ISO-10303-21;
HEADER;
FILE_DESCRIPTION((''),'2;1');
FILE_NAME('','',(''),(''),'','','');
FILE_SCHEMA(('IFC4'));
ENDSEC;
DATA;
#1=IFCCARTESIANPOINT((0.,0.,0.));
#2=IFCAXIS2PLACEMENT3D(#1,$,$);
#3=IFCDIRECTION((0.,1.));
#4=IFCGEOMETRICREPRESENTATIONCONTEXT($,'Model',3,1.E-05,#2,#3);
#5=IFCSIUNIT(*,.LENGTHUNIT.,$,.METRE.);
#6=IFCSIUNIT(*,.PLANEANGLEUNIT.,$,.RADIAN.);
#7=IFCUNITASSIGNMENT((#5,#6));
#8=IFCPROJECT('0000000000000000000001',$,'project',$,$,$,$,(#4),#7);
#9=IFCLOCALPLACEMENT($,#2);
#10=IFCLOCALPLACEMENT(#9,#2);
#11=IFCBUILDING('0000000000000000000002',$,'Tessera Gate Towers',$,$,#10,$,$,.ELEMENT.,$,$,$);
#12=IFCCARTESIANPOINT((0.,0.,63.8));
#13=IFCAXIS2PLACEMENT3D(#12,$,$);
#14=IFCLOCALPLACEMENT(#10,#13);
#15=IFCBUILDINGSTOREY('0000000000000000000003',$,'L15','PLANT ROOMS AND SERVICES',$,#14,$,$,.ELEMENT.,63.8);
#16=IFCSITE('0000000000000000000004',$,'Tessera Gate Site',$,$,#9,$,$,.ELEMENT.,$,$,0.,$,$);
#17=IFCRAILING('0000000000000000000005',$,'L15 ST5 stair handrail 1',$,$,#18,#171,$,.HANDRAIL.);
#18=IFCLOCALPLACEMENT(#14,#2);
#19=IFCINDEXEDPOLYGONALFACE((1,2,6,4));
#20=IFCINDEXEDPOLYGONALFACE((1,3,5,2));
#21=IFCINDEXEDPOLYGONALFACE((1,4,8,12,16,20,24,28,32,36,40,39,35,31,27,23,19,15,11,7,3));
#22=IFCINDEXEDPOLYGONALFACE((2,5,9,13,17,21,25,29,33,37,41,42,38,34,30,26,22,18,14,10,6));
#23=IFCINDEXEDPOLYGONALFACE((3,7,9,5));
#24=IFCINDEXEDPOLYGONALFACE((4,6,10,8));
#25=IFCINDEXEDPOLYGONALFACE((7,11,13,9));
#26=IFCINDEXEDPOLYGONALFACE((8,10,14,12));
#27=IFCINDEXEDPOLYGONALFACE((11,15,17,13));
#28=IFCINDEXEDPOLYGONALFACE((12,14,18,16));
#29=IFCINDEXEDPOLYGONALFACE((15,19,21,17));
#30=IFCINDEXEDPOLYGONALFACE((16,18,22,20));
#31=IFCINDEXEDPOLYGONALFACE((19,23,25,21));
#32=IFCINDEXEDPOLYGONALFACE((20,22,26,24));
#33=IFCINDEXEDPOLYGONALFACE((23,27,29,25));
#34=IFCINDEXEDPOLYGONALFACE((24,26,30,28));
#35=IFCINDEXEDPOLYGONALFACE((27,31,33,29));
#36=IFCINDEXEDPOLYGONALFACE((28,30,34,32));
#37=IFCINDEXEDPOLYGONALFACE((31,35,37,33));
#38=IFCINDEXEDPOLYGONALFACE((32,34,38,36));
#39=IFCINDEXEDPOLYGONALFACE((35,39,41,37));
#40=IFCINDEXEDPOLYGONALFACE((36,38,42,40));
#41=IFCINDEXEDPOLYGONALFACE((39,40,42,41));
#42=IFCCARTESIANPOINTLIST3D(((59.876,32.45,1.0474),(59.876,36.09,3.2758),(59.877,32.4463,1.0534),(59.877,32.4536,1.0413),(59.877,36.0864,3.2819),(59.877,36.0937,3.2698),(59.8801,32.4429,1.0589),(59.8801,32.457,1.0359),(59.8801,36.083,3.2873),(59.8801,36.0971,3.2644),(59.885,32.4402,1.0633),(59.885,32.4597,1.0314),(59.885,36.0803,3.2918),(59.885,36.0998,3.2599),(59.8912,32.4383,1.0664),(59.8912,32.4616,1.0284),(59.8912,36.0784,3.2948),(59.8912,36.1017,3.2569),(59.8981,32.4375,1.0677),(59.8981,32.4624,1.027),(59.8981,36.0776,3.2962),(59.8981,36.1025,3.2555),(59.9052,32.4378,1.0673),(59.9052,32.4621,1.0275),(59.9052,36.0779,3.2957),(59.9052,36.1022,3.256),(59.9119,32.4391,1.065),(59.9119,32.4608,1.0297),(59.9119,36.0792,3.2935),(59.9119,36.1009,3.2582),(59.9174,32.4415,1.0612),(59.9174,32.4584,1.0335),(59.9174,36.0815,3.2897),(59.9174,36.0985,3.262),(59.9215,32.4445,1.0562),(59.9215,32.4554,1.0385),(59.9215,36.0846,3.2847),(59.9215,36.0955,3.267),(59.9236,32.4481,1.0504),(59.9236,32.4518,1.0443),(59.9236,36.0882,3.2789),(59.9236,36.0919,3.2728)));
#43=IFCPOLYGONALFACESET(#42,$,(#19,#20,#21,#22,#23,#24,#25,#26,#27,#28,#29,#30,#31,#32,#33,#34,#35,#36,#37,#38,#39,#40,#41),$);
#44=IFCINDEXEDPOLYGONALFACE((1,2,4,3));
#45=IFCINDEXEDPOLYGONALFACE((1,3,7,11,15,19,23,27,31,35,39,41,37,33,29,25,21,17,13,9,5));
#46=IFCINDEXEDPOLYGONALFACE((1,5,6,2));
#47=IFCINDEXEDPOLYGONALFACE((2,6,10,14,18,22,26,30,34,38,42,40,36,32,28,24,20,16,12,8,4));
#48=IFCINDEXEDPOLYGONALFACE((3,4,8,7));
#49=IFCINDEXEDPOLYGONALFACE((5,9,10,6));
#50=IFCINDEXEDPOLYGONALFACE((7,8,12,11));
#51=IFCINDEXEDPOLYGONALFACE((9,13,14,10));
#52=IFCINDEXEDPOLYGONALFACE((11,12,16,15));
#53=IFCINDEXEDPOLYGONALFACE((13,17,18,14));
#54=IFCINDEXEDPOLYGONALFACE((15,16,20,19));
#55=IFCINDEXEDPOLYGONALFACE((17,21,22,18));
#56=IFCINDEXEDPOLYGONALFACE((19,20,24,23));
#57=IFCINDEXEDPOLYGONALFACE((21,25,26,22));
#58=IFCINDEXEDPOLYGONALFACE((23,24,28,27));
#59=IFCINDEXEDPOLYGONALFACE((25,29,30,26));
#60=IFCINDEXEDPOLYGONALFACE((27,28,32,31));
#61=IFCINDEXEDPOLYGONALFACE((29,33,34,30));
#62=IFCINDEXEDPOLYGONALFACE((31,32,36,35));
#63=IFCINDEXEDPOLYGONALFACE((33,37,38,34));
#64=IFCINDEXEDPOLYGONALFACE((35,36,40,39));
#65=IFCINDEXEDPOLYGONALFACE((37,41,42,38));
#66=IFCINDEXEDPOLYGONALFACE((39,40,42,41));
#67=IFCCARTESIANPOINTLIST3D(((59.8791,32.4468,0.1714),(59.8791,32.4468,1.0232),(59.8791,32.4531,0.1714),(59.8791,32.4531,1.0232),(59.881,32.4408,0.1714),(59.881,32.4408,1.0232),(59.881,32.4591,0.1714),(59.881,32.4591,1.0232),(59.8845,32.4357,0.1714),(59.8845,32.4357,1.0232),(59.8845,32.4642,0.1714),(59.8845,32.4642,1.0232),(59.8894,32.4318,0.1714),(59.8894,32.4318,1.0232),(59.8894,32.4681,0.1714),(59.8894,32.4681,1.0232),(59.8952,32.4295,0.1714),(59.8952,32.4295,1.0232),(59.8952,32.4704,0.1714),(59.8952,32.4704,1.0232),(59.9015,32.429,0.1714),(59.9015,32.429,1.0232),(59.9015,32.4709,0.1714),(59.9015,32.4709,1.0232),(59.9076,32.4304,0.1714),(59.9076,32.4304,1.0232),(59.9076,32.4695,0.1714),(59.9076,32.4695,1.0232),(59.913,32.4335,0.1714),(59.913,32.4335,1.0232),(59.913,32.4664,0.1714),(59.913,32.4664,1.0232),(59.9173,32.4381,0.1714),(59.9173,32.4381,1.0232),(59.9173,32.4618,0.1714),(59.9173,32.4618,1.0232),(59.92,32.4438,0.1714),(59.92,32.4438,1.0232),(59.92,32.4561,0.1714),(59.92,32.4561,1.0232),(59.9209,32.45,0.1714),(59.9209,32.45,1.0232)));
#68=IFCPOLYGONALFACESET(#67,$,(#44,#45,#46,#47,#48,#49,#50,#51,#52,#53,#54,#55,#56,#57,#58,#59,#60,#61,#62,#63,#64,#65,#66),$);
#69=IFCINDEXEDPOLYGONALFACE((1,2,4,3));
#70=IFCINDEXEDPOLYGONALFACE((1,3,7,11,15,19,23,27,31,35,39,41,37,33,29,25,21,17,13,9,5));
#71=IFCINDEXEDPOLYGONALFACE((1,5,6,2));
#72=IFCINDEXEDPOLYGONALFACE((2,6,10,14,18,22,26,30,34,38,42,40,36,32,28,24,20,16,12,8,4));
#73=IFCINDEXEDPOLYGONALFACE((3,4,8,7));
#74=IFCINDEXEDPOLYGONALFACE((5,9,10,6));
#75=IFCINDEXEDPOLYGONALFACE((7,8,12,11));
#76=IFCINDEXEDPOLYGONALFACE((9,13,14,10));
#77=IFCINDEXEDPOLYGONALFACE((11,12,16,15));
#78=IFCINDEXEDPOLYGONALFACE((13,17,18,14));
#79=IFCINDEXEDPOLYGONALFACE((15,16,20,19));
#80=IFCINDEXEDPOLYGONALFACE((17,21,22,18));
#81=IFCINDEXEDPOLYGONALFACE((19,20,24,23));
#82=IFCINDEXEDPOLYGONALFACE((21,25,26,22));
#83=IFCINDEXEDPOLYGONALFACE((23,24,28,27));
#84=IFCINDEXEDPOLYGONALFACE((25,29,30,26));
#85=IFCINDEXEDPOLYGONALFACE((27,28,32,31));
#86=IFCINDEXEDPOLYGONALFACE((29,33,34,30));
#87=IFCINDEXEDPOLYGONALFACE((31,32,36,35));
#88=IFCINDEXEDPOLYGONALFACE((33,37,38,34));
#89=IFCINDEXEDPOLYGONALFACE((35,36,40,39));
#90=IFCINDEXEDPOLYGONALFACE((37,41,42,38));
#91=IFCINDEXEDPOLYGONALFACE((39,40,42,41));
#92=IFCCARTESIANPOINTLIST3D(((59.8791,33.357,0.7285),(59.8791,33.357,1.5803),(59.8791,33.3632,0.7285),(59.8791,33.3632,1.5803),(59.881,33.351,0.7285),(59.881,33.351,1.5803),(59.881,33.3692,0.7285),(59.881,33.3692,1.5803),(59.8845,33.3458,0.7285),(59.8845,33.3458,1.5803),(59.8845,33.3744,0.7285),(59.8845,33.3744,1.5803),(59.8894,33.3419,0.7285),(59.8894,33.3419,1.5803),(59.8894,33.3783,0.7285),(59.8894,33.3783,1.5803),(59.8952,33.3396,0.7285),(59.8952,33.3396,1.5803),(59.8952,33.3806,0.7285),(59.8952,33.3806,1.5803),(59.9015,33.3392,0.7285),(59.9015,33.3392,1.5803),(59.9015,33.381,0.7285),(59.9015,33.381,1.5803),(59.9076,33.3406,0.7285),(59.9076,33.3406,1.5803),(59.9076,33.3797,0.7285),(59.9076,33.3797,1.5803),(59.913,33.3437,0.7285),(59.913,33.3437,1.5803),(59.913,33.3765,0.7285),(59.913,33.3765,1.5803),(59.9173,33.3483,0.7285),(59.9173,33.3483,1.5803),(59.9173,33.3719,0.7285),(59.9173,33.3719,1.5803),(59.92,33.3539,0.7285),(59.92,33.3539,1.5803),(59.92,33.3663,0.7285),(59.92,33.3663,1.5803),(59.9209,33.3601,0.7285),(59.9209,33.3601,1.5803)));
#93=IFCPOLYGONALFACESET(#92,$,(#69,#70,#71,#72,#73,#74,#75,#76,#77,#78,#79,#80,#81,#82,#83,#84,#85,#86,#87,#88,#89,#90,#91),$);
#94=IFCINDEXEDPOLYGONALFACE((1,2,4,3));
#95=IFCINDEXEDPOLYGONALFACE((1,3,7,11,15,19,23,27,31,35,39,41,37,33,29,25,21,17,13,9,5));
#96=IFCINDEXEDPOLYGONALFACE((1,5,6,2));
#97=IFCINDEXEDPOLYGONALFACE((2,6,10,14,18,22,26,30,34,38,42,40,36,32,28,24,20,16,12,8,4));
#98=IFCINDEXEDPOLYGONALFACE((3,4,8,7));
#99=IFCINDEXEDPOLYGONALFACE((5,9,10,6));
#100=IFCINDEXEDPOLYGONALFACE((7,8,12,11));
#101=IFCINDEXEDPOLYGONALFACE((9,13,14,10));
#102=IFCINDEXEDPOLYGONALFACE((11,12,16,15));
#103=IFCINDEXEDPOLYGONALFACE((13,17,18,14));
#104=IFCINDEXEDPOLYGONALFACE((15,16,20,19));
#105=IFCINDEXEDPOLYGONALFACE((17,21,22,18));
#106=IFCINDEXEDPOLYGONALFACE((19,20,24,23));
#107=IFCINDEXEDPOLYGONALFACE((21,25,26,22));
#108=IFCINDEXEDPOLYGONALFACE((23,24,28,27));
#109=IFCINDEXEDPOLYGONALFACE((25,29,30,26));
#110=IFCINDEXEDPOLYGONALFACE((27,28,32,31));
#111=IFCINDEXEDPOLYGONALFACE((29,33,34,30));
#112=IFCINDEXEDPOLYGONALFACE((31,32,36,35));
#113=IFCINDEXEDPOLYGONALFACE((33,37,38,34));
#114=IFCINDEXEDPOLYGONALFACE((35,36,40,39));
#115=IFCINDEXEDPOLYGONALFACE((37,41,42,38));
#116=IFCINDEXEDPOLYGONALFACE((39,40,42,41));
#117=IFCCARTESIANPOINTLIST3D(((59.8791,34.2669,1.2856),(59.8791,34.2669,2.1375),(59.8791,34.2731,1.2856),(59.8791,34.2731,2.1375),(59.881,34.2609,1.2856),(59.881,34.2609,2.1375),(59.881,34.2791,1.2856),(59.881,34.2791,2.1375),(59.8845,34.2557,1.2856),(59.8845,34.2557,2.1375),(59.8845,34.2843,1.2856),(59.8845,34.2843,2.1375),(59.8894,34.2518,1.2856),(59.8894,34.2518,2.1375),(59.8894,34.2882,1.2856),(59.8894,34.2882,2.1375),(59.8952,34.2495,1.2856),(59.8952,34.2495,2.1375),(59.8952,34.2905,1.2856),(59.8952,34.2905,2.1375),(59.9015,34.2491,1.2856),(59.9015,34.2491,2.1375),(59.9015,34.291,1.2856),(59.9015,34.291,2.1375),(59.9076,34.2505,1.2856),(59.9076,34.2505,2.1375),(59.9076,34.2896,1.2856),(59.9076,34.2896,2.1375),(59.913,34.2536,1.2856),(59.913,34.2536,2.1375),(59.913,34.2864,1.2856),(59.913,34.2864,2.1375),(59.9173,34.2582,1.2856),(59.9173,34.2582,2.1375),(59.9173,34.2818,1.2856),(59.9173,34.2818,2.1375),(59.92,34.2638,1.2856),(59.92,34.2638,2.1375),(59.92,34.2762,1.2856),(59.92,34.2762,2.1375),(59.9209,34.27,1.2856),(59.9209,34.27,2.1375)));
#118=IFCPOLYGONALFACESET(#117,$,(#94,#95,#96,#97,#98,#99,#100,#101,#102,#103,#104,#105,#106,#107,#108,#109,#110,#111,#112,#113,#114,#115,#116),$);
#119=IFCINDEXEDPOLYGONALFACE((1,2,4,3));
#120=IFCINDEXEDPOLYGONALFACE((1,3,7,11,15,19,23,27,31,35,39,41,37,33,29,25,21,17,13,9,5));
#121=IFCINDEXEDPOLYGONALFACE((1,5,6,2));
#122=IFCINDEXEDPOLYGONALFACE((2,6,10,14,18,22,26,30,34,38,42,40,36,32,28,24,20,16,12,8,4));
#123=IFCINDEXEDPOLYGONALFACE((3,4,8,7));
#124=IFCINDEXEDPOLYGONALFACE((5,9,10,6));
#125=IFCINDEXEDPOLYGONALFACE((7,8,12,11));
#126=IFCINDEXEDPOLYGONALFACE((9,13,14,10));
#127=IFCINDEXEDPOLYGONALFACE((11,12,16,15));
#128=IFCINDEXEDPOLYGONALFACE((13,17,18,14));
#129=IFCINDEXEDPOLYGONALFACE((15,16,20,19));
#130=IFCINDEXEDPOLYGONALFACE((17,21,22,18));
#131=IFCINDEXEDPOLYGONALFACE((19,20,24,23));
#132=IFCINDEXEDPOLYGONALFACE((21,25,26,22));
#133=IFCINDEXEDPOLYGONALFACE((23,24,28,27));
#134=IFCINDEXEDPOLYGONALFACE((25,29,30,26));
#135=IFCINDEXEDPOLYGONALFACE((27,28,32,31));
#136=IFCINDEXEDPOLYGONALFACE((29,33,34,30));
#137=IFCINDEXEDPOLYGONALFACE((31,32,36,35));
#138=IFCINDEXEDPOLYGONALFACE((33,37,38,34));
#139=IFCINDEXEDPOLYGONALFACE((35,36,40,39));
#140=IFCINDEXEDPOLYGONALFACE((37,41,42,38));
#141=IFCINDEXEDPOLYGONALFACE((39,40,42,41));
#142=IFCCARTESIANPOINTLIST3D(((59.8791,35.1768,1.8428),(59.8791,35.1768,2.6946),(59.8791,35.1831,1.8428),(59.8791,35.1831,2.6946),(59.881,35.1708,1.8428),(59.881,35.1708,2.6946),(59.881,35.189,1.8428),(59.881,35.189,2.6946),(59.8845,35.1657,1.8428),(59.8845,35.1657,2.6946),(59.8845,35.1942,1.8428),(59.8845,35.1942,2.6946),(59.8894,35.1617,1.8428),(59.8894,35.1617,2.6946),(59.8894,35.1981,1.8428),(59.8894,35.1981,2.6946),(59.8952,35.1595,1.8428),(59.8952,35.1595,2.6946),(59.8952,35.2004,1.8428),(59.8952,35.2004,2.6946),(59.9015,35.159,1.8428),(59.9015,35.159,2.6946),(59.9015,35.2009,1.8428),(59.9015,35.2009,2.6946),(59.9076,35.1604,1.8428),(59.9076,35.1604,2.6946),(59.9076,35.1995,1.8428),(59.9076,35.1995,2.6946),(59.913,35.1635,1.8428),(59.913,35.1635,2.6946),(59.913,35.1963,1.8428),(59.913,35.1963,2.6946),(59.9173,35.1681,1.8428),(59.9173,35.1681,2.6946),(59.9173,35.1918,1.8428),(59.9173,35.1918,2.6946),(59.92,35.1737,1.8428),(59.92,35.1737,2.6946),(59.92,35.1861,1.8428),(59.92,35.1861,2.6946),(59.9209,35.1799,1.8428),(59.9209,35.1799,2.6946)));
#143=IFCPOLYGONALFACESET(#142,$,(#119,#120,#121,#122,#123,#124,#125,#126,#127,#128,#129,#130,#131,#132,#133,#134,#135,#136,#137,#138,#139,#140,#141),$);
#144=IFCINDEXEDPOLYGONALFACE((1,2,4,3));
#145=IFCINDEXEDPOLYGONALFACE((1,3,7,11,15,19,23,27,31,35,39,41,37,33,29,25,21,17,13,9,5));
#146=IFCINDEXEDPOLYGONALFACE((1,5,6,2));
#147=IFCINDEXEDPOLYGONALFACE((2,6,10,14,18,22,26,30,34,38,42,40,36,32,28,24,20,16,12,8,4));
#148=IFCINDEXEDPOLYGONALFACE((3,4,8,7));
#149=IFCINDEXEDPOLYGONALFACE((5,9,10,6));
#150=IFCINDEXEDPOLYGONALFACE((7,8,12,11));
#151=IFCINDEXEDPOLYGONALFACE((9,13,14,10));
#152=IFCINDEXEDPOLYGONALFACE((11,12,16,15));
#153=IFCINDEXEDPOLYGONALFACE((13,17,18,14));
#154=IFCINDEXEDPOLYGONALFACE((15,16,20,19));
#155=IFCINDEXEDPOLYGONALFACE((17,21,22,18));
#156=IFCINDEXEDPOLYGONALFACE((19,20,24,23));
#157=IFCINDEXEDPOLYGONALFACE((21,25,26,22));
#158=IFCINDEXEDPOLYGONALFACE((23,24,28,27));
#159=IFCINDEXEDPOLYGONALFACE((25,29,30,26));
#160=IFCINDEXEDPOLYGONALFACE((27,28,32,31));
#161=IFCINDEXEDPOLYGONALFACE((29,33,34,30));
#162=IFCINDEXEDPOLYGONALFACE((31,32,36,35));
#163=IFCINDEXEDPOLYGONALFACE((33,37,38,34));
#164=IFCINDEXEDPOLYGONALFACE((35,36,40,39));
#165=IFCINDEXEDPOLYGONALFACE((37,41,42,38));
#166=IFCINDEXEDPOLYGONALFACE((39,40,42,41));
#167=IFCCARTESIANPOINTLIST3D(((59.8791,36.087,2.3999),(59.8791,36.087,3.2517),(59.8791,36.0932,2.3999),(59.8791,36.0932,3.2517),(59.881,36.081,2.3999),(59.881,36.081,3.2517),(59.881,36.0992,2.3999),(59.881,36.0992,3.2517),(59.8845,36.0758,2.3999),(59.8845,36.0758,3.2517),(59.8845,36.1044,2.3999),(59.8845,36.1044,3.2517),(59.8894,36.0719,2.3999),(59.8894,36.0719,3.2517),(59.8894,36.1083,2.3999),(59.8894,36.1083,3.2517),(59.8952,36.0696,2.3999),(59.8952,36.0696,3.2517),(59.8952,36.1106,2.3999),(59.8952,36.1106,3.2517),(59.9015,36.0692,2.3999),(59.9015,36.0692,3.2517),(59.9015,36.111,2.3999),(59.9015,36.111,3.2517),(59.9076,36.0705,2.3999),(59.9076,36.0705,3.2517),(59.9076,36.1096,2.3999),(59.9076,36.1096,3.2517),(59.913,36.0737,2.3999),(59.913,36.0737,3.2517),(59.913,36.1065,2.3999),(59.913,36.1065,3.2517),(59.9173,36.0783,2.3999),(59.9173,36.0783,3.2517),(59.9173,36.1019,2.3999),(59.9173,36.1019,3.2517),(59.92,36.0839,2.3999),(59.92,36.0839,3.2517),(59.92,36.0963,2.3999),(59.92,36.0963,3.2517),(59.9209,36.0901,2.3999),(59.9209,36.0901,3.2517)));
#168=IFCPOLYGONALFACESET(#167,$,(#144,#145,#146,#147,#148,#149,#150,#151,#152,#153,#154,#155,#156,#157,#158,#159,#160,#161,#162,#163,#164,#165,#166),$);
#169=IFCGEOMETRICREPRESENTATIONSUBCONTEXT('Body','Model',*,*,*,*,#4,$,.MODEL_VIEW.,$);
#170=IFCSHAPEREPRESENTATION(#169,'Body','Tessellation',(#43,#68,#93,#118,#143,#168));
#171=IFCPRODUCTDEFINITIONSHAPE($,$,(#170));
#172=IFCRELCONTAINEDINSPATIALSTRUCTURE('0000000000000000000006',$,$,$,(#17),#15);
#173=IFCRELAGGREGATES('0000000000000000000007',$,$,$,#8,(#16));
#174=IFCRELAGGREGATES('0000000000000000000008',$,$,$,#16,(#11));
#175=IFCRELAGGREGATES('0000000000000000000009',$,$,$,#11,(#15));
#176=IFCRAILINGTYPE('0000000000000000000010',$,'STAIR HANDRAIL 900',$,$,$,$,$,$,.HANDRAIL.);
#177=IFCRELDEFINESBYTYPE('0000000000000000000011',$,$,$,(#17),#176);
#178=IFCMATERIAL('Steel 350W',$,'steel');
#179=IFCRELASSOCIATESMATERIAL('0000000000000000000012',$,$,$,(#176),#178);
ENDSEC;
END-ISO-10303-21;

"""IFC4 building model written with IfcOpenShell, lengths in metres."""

from ifc_helpers import new_model, si_unit, direction, frame, origin, origin_2d, place, context, subcontext, project, spatial, circle, extrude, material, type_object, element, save


model = new_model("IFC4")

# Units and contexts
model_context = context("Model", 3, precision=1e-05, world=origin(), true_north=direction((0.0, 1.0)))
body_context = subcontext(model_context, "Body", "Model", "MODEL_VIEW")
ifc_project = project(units=[si_unit("LENGTHUNIT", "METRE"), si_unit("PLANEANGLEUNIT", "RADIAN")], contexts=[model_context])

# Site, building, storey
site_placement = place(None, origin())
site = spatial("IfcSite", under=ifc_project, at=site_placement, Name="Tessera Gate Site", CompositionType="ELEMENT", RefElevation=0.0)
building_placement = place(site_placement, origin())
building = spatial("IfcBuilding", under=site, at=building_placement, Name="Tessera Gate Towers", CompositionType="ELEMENT")
storey_placement = place(building_placement, frame((0.0, 0.0, 63.8)))
storey = spatial("IfcBuildingStorey", under=building, at=storey_placement, Name="L15", Description="PLANT ROOMS AND SERVICES", CompositionType="ELEMENT", Elevation=63.8)

# Railing
ifc_material_1 = material(Name="Steel 350W", Category="steel")
railing_type_1 = type_object("IfcRailingType", Name="STAIR HANDRAIL 900", PredefinedType="HANDRAIL", material=ifc_material_1)
railing_1_placement = place(storey_placement, frame((59.8999, 32.45, 0.1714)))
element("IfcRailing", 1, at=railing_1_placement, inside=storey, type_object=railing_type_1, Name="L15 ST5 stair handrail 1", PredefinedType="HANDRAIL", context=body_context, shape_type="SweptSolid", body=[
    extrude(circle(Radius=0.0239, at=origin_2d()), frame((0.0, 0.0, 0.876), z_axis=(0.0, 0.852866, 0.52213), x_axis=(-1.0, 0.0, 0.0)), (0.0, 0.0, 1.0), 4.2681),
    extrude(circle(Radius=0.021, at=origin_2d()), origin(), (0.0, 0.0, 1.0), 0.8518),
    extrude(circle(Radius=0.021, at=origin_2d()), frame((0.0, 0.9102, 0.5571)), (0.0, 0.0, 1.0), 0.8518),
    extrude(circle(Radius=0.021, at=origin_2d()), frame((0.0, 1.8201, 1.1143)), (0.0, 0.0, 1.0), 0.8518),
    extrude(circle(Radius=0.021, at=origin_2d()), frame((0.0, 2.73, 1.6714)), (0.0, 0.0, 1.0), 0.8518),
    extrude(circle(Radius=0.021, at=origin_2d()), frame((0.0, 3.6401, 2.2285)), (0.0, 0.0, 1.0), 0.8518),
])

save(model, "model.ifc")
